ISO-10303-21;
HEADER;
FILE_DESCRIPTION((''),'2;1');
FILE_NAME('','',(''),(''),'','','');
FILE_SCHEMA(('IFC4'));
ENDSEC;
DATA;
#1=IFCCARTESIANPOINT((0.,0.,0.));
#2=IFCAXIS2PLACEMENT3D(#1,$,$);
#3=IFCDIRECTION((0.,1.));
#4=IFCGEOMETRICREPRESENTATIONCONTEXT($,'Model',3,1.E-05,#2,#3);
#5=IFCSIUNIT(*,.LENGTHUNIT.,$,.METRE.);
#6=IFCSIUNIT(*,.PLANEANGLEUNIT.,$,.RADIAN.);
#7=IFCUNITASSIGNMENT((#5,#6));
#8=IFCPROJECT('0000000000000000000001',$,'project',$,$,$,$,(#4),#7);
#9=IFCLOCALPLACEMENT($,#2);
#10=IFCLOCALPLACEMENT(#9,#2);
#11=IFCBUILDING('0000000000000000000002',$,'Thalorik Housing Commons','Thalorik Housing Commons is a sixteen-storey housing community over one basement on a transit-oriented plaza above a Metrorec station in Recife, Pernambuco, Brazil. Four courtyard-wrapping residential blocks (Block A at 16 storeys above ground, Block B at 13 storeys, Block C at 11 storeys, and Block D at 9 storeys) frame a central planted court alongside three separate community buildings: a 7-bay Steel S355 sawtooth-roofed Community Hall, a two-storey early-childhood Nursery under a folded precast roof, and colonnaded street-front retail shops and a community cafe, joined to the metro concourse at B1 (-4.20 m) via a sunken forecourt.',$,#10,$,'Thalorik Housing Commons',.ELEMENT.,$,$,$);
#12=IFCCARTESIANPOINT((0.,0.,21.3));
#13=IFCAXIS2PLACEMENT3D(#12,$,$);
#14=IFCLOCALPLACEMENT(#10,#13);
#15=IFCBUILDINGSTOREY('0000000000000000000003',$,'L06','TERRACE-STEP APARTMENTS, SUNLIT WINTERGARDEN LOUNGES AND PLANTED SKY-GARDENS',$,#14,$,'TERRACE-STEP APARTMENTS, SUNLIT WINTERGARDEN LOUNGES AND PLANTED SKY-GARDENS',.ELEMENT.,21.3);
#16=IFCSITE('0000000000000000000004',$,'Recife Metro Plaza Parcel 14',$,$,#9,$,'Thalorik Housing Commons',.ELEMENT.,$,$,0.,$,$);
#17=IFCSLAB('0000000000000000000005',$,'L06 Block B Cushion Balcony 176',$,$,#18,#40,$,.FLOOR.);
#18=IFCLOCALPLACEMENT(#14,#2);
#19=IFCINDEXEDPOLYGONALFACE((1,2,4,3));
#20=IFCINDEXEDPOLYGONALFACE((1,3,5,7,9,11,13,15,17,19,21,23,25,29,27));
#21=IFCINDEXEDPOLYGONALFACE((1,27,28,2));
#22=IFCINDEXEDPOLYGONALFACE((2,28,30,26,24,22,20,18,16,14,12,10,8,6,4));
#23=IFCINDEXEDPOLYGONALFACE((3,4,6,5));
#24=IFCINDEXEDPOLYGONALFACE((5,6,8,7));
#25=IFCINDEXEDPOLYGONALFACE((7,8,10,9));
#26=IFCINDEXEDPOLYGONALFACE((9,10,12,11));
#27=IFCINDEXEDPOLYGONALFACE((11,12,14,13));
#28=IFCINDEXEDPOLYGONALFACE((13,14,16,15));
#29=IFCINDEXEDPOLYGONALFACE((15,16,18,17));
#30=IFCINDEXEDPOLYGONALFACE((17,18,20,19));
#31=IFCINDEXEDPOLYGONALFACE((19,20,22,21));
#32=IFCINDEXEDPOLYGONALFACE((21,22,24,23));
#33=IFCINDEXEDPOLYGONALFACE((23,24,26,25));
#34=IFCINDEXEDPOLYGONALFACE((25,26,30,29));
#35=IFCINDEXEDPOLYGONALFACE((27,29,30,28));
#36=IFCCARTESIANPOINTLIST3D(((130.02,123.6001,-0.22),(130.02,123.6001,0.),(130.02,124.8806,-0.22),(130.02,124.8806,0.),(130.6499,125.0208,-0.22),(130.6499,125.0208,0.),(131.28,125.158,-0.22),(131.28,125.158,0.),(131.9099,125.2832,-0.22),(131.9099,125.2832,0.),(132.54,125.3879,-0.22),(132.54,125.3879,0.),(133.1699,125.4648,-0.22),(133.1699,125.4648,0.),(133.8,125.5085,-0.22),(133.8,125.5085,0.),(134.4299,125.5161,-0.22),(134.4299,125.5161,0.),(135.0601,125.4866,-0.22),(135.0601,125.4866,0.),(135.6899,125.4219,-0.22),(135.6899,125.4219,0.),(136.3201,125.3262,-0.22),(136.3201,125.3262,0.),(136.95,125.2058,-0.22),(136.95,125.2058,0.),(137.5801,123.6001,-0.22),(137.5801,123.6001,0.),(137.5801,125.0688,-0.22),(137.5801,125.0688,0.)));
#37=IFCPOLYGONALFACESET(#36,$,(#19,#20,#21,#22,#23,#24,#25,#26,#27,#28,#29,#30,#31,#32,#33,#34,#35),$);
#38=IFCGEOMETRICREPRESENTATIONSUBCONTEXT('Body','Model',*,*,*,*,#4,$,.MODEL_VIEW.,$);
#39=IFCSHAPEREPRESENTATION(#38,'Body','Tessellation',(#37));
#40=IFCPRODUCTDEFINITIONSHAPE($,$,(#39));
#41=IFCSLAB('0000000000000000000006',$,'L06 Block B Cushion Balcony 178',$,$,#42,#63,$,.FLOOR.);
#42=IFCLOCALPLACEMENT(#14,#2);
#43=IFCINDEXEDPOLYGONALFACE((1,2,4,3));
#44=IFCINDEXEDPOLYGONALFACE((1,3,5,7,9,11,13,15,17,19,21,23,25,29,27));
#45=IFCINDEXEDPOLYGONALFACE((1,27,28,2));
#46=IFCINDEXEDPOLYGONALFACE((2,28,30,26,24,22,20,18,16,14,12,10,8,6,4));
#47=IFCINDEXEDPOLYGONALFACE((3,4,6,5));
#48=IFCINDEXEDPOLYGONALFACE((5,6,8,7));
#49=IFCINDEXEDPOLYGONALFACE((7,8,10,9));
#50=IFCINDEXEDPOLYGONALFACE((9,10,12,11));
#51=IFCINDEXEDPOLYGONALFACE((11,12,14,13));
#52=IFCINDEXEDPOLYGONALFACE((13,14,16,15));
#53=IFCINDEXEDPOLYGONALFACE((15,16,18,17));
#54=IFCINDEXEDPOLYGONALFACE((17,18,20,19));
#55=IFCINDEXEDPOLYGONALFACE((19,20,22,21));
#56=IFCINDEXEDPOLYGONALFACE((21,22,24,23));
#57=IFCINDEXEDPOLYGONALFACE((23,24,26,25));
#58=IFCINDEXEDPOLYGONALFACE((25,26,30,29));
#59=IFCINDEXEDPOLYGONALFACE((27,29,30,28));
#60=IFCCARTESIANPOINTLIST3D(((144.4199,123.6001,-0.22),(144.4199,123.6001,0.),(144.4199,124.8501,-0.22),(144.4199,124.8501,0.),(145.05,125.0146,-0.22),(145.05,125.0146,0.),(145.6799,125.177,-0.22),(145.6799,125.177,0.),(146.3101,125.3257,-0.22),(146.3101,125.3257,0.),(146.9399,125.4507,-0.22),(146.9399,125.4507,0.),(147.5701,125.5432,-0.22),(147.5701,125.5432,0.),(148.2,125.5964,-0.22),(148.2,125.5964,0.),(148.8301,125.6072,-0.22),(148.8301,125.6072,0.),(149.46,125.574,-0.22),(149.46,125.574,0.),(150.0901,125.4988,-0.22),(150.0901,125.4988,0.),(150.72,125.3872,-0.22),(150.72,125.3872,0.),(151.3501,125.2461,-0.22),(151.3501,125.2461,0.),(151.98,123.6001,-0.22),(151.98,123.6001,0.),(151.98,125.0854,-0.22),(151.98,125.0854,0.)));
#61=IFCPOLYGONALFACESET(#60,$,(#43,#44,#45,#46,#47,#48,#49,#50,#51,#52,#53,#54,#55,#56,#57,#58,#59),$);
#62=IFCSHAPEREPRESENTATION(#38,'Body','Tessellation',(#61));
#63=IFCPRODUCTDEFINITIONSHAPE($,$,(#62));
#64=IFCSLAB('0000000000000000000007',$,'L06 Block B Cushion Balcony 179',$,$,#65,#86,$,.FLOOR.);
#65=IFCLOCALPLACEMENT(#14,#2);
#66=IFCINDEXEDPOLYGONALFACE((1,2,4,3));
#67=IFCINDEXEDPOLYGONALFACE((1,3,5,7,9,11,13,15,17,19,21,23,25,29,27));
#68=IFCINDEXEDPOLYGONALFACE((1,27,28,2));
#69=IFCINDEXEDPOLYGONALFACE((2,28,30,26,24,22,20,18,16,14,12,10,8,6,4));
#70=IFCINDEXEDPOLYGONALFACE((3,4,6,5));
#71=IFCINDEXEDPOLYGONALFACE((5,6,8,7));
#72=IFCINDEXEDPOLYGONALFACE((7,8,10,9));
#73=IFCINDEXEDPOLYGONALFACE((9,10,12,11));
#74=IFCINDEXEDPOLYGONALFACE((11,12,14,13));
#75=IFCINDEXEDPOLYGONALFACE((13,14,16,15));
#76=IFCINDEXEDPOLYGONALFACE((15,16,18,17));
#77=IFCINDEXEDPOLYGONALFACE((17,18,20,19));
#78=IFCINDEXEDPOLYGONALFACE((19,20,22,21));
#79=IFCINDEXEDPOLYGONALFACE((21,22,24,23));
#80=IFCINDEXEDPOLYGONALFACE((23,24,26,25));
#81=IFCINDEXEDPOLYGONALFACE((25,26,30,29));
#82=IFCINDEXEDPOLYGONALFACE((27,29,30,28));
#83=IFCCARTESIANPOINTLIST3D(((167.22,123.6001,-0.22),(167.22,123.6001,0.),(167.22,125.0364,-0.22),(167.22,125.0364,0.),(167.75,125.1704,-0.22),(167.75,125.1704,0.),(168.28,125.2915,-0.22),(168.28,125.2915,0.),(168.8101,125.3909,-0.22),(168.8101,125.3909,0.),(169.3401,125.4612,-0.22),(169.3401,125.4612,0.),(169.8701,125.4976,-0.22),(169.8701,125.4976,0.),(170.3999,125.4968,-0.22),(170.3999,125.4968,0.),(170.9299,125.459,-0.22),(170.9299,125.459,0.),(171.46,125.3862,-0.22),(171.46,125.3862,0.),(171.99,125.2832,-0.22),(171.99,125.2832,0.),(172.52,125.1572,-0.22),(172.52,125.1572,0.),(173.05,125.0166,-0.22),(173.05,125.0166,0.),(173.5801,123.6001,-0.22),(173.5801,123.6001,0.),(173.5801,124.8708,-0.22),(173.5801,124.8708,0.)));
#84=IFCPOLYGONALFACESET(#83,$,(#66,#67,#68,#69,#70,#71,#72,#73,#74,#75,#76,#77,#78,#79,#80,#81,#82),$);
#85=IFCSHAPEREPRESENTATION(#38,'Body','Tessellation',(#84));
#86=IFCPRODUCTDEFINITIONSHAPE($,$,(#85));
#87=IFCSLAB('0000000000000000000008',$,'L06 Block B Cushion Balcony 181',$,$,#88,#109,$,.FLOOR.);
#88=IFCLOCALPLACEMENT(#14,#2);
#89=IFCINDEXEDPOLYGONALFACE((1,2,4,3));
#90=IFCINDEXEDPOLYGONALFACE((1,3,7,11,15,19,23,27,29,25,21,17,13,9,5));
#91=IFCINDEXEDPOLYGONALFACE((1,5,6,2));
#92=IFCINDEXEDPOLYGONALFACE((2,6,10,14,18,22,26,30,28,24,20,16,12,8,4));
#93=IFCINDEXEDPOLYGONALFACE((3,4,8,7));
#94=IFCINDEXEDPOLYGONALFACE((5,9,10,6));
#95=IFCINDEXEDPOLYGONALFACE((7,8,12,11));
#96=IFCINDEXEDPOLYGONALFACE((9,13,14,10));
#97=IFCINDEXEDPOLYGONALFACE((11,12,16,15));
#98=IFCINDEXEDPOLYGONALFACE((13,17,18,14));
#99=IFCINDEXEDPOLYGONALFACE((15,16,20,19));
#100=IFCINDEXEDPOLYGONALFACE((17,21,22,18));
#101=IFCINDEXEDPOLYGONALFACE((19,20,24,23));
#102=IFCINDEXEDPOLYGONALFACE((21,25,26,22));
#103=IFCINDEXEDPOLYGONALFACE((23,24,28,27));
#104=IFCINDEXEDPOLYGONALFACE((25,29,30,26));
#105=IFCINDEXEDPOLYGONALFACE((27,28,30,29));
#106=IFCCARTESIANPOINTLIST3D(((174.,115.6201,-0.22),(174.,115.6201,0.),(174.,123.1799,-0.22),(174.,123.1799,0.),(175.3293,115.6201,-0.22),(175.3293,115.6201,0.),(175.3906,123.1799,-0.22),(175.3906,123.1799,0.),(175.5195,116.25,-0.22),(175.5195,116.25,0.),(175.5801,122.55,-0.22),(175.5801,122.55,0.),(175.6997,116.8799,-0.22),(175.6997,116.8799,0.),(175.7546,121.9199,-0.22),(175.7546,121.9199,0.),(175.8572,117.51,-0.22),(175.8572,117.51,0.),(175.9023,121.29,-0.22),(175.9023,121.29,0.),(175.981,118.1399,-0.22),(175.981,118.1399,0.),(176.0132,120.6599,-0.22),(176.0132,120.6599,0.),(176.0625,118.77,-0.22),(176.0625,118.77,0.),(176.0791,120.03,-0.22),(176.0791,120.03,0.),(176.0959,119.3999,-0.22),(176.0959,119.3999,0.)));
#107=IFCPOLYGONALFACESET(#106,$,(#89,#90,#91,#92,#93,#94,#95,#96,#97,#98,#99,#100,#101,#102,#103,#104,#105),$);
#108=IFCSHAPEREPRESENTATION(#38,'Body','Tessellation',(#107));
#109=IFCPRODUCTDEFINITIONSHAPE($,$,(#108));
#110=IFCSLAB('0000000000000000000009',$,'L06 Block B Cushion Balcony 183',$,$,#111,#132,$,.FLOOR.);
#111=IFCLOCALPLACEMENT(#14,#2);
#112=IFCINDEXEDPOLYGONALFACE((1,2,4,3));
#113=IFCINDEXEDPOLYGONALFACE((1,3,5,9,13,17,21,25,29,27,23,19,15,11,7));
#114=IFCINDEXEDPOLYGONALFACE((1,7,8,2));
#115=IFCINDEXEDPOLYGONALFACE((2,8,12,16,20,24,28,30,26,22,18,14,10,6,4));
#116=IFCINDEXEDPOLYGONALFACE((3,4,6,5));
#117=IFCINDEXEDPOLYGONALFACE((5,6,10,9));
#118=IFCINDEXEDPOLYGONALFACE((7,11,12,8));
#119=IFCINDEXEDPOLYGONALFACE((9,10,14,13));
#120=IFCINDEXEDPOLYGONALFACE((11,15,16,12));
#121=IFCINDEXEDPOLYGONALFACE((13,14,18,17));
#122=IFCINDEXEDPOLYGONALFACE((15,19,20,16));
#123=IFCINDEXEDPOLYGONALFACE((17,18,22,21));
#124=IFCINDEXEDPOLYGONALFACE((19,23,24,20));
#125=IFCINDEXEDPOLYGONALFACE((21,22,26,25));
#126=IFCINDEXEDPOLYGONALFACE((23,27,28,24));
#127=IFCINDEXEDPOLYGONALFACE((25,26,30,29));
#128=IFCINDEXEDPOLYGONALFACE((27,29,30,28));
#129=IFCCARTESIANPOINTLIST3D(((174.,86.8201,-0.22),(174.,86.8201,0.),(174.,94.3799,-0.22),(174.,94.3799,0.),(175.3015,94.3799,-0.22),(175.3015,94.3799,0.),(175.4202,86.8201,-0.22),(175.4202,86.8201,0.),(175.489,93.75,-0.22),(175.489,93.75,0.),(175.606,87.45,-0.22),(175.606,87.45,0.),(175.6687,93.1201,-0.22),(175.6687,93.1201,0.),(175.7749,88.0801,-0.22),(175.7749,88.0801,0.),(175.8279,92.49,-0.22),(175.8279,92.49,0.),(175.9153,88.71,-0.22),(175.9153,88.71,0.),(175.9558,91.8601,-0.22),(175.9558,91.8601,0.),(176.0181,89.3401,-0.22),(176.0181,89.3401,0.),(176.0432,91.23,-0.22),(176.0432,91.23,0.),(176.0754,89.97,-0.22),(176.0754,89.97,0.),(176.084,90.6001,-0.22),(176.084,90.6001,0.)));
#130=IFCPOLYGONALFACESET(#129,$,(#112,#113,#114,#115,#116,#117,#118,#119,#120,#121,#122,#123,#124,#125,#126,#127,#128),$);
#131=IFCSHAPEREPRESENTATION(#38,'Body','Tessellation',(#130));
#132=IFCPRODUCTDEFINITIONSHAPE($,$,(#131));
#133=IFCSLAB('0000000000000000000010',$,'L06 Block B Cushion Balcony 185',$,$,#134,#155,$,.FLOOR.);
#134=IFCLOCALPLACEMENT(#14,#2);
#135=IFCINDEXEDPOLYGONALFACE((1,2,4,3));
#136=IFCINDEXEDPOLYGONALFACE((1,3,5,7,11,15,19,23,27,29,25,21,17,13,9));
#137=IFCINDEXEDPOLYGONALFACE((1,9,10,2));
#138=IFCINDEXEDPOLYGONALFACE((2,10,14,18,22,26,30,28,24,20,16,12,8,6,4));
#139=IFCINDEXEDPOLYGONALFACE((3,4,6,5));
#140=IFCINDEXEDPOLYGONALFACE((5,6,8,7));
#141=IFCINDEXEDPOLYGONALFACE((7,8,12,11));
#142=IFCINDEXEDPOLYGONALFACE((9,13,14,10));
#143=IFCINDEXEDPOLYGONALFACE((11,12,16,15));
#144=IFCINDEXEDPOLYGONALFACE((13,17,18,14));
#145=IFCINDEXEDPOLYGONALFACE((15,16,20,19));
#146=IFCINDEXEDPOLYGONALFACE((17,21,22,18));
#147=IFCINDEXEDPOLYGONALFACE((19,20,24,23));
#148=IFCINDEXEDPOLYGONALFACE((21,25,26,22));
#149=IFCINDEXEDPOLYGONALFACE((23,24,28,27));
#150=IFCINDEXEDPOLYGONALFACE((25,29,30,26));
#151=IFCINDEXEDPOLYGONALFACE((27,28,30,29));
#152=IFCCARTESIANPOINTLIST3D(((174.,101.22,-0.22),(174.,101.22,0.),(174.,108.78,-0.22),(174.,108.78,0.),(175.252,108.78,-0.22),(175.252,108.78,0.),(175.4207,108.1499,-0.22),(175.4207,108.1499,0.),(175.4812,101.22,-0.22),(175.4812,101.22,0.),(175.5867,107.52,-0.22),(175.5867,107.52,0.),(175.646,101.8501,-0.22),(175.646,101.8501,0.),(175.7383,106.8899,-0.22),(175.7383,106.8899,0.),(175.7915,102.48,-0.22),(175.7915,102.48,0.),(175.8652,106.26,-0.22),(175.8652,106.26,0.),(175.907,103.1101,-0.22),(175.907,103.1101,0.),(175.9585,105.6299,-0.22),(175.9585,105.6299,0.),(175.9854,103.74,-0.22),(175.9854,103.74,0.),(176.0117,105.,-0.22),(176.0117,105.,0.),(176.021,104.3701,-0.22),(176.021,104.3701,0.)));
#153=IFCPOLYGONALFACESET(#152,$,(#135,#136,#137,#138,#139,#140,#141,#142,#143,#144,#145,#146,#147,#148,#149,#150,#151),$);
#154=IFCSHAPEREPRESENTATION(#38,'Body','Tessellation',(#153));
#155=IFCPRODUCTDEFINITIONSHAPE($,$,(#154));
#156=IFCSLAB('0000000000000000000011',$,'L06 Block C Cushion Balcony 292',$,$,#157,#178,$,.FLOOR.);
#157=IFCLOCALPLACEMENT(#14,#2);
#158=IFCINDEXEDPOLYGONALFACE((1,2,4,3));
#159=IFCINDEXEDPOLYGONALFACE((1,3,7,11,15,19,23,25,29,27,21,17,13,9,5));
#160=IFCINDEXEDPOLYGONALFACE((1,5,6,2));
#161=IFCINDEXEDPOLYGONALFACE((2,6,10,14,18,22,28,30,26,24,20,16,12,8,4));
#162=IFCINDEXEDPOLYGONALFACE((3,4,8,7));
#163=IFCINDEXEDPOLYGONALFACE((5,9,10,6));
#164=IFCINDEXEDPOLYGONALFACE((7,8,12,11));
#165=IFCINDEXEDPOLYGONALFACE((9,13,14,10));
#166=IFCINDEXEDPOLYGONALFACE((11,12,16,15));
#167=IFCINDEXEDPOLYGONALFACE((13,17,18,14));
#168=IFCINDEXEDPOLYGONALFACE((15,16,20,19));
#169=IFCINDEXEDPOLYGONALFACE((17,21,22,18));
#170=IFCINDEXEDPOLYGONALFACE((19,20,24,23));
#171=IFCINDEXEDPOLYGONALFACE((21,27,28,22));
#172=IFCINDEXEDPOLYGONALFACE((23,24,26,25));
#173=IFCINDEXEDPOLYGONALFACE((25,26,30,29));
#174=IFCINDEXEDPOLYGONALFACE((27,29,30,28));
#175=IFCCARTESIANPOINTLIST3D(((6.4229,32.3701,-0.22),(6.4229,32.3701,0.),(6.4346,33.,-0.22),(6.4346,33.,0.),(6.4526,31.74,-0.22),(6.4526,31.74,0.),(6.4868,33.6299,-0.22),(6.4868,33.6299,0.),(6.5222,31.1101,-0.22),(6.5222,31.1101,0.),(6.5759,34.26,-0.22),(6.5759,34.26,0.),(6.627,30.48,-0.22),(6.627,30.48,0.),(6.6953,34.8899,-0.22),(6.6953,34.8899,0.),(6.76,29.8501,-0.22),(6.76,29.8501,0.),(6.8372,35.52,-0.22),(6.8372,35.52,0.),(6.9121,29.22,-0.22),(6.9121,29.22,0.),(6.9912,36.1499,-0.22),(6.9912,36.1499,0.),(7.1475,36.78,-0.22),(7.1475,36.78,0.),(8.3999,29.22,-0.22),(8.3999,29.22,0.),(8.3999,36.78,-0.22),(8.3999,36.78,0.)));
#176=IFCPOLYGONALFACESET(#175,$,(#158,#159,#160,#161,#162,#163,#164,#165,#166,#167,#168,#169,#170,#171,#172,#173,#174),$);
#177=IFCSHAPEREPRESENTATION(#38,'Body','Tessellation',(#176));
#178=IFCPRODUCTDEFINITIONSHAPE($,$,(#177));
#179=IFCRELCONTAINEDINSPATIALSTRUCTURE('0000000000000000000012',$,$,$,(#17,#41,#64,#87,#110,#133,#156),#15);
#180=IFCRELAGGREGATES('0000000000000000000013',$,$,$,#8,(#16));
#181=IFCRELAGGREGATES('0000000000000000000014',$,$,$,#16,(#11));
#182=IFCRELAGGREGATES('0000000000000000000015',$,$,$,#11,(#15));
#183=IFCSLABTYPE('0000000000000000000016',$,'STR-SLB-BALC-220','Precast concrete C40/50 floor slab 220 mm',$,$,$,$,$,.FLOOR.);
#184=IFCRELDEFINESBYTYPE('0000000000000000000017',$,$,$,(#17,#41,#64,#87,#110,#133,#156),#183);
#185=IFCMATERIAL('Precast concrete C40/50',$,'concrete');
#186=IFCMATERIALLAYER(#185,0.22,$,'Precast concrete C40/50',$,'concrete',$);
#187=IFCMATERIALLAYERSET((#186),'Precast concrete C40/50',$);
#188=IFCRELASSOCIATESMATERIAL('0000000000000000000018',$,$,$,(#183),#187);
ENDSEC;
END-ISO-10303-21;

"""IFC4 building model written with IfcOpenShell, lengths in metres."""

from ifc_helpers import new_model, si_unit, direction, frame, origin, place, context, subcontext, project, spatial, polyline, outline, extrude, material, layer, layer_set, type_object, element, save


model = new_model("IFC4")

# Units and contexts
model_context = context("Model", 3, precision=1e-05, world=origin(), true_north=direction((0.0, 1.0)))
body_context = subcontext(model_context, "Body", "Model", "MODEL_VIEW")
ifc_project = project(units=[si_unit("LENGTHUNIT", "METRE"), si_unit("PLANEANGLEUNIT", "RADIAN")], contexts=[model_context])

# Site, building, storey
site_placement = place(None, origin())
site = spatial("IfcSite", under=ifc_project, at=site_placement, Name="Recife Metro Plaza Parcel 14", LongName="Thalorik Housing Commons", CompositionType="ELEMENT", RefElevation=0.0)
building_placement = place(site_placement, origin())
building = spatial("IfcBuilding", under=site, at=building_placement, Name="Thalorik Housing Commons", Description="Thalorik Housing Commons is a sixteen-storey housing community over one basement on a transit-oriented plaza above a Metrorec station in Recife, Pernambuco, Brazil. Four courtyard-wrapping residential blocks (Block A at 16 storeys above ground, Block B at 13 storeys, Block C at 11 storeys, and Block D at 9 storeys) frame a central planted court alongside three separate community buildings: a 7-bay Steel S355 sawtooth-roofed Community Hall, a two-storey early-childhood Nursery under a folded precast roof, and colonnaded street-front retail shops and a community cafe, joined to the metro concourse at B1 (-4.20 m) via a sunken forecourt.", LongName="Thalorik Housing Commons", CompositionType="ELEMENT")
storey_placement = place(building_placement, frame((0.0, 0.0, 21.3)))
storey = spatial("IfcBuildingStorey", under=building, at=storey_placement, Name="L06", Description="TERRACE-STEP APARTMENTS, SUNLIT WINTERGARDEN LOUNGES AND PLANTED SKY-GARDENS", LongName="TERRACE-STEP APARTMENTS, SUNLIT WINTERGARDEN LOUNGES AND PLANTED SKY-GARDENS", CompositionType="ELEMENT", Elevation=21.3)

# Slabs
ifc_material_1 = material(Name="Precast concrete C40/50", Category="concrete")
ifc_layer_1 = layer(ifc_material_1, 0.22, Name="Precast concrete C40/50", Category="concrete")
ifc_layer_set_1 = layer_set([ifc_layer_1], Name="Precast concrete C40/50")
slab_type_1 = type_object("IfcSlabType", Name="STR-SLB-BALC-220", Description="Precast concrete C40/50 floor slab 220 mm", PredefinedType="FLOOR", material=ifc_layer_set_1)
slab_1_placement = place(storey_placement, frame((0.0, 0.0, -0.22)))
element("IfcSlab", 1, at=slab_1_placement, inside=storey, type_object=slab_type_1, Name="L06 Block B Cushion Balcony 176", PredefinedType="FLOOR", context=body_context, shape_type="SweptSolid", body=[
    extrude(outline(polyline([(130.02, 123.6001), (137.5801, 123.6001), (137.5801, 125.0688), (136.95, 125.2058), (136.3201, 125.3262), (135.6899, 125.4219), (135.0601, 125.4866), (134.4299, 125.5161), (133.8, 125.5085), (133.1699, 125.4648), (132.54, 125.3879), (131.9099, 125.2832), (131.28, 125.158), (130.6499, 125.0208), (130.02, 124.8806), (130.02, 123.6001)])), origin(), (0.0, 0.0, 1.0), 0.22),
])
slab_2_placement = place(storey_placement, frame((0.0, 0.0, -0.22)))
element("IfcSlab", 2, at=slab_2_placement, inside=storey, type_object=slab_type_1, Name="L06 Block B Cushion Balcony 178", PredefinedType="FLOOR", context=body_context, shape_type="SweptSolid", body=[
    extrude(outline(polyline([(144.4199, 123.6001), (151.98, 123.6001), (151.98, 125.0854), (151.3501, 125.2461), (150.72, 125.3872), (150.0901, 125.4988), (149.46, 125.574), (148.8301, 125.6072), (148.2, 125.5964), (147.5701, 125.5432), (146.9399, 125.4507), (146.3101, 125.3257), (145.6799, 125.177), (145.05, 125.0146), (144.4199, 124.8501), (144.4199, 123.6001)])), origin(), (0.0, 0.0, 1.0), 0.22),
])
slab_3_placement = place(storey_placement, frame((0.0, 0.0, -0.22)))
element("IfcSlab", 3, at=slab_3_placement, inside=storey, type_object=slab_type_1, Name="L06 Block B Cushion Balcony 179", PredefinedType="FLOOR", context=body_context, shape_type="SweptSolid", body=[
    extrude(outline(polyline([(167.22, 123.6001), (173.5801, 123.6001), (173.5801, 124.8708), (173.05, 125.0166), (172.52, 125.1572), (171.99, 125.2832), (171.46, 125.3862), (170.9299, 125.459), (170.3999, 125.4968), (169.8701, 125.4976), (169.3401, 125.4612), (168.8101, 125.3909), (168.28, 125.2915), (167.75, 125.1704), (167.22, 125.0364), (167.22, 123.6001)])), origin(), (0.0, 0.0, 1.0), 0.22),
])
slab_4_placement = place(storey_placement, frame((0.0, 0.0, -0.22)))
element("IfcSlab", 4, at=slab_4_placement, inside=storey, type_object=slab_type_1, Name="L06 Block B Cushion Balcony 181", PredefinedType="FLOOR", context=body_context, shape_type="SweptSolid", body=[
    extrude(outline(polyline([(175.3293, 115.6201), (175.5195, 116.25), (175.6997, 116.8799), (175.8572, 117.51), (175.981, 118.1399), (176.0625, 118.77), (176.0959, 119.3999), (176.0791, 120.03), (176.0132, 120.6599), (175.9023, 121.29), (175.7546, 121.9199), (175.5801, 122.55), (175.3906, 123.1799), (174.0, 123.1799), (174.0, 115.6201), (175.3293, 115.6201)])), origin(), (0.0, 0.0, 1.0), 0.22),
])
slab_5_placement = place(storey_placement, frame((0.0, 0.0, -0.22)))
element("IfcSlab", 5, at=slab_5_placement, inside=storey, type_object=slab_type_1, Name="L06 Block B Cushion Balcony 183", PredefinedType="FLOOR", context=body_context, shape_type="SweptSolid", body=[
    extrude(outline(polyline([(175.4202, 86.8201), (175.606, 87.45), (175.7749, 88.0801), (175.9153, 88.71), (176.0181, 89.3401), (176.0754, 89.97), (176.084, 90.6001), (176.0432, 91.23), (175.9558, 91.8601), (175.8279, 92.49), (175.6687, 93.1201), (175.489, 93.75), (175.3015, 94.3799), (174.0, 94.3799), (174.0, 86.8201), (175.4202, 86.8201)])), origin(), (0.0, 0.0, 1.0), 0.22),
])
slab_6_placement = place(storey_placement, frame((0.0, 0.0, -0.22)))
element("IfcSlab", 6, at=slab_6_placement, inside=storey, type_object=slab_type_1, Name="L06 Block B Cushion Balcony 185", PredefinedType="FLOOR", context=body_context, shape_type="SweptSolid", body=[
    extrude(outline(polyline([(175.4812, 101.22), (175.646, 101.8501), (175.7915, 102.48), (175.907, 103.1101), (175.9854, 103.74), (176.021, 104.3701), (176.0117, 105.0), (175.9585, 105.6299), (175.8652, 106.26), (175.7383, 106.8899), (175.5867, 107.52), (175.4207, 108.1499), (175.252, 108.78), (174.0, 108.78), (174.0, 101.22), (175.4812, 101.22)])), origin(), (0.0, 0.0, 1.0), 0.22),
])
slab_7_placement = place(storey_placement, frame((0.0, 0.0, -0.22)))
element("IfcSlab", 7, at=slab_7_placement, inside=storey, type_object=slab_type_1, Name="L06 Block C Cushion Balcony 292", PredefinedType="FLOOR", context=body_context, shape_type="SweptSolid", body=[
    extrude(outline(polyline([(8.3999, 29.22), (8.3999, 36.78), (7.1475, 36.78), (6.9912, 36.1499), (6.8372, 35.52), (6.6953, 34.8899), (6.5759, 34.26), (6.4868, 33.6299), (6.4346, 33.0), (6.4229, 32.3701), (6.4526, 31.74), (6.5222, 31.1101), (6.627, 30.48), (6.76, 29.8501), (6.9121, 29.22), (8.3999, 29.22)])), origin(), (0.0, 0.0, 1.0), 0.22),
])

save(model, "model.ifc")
